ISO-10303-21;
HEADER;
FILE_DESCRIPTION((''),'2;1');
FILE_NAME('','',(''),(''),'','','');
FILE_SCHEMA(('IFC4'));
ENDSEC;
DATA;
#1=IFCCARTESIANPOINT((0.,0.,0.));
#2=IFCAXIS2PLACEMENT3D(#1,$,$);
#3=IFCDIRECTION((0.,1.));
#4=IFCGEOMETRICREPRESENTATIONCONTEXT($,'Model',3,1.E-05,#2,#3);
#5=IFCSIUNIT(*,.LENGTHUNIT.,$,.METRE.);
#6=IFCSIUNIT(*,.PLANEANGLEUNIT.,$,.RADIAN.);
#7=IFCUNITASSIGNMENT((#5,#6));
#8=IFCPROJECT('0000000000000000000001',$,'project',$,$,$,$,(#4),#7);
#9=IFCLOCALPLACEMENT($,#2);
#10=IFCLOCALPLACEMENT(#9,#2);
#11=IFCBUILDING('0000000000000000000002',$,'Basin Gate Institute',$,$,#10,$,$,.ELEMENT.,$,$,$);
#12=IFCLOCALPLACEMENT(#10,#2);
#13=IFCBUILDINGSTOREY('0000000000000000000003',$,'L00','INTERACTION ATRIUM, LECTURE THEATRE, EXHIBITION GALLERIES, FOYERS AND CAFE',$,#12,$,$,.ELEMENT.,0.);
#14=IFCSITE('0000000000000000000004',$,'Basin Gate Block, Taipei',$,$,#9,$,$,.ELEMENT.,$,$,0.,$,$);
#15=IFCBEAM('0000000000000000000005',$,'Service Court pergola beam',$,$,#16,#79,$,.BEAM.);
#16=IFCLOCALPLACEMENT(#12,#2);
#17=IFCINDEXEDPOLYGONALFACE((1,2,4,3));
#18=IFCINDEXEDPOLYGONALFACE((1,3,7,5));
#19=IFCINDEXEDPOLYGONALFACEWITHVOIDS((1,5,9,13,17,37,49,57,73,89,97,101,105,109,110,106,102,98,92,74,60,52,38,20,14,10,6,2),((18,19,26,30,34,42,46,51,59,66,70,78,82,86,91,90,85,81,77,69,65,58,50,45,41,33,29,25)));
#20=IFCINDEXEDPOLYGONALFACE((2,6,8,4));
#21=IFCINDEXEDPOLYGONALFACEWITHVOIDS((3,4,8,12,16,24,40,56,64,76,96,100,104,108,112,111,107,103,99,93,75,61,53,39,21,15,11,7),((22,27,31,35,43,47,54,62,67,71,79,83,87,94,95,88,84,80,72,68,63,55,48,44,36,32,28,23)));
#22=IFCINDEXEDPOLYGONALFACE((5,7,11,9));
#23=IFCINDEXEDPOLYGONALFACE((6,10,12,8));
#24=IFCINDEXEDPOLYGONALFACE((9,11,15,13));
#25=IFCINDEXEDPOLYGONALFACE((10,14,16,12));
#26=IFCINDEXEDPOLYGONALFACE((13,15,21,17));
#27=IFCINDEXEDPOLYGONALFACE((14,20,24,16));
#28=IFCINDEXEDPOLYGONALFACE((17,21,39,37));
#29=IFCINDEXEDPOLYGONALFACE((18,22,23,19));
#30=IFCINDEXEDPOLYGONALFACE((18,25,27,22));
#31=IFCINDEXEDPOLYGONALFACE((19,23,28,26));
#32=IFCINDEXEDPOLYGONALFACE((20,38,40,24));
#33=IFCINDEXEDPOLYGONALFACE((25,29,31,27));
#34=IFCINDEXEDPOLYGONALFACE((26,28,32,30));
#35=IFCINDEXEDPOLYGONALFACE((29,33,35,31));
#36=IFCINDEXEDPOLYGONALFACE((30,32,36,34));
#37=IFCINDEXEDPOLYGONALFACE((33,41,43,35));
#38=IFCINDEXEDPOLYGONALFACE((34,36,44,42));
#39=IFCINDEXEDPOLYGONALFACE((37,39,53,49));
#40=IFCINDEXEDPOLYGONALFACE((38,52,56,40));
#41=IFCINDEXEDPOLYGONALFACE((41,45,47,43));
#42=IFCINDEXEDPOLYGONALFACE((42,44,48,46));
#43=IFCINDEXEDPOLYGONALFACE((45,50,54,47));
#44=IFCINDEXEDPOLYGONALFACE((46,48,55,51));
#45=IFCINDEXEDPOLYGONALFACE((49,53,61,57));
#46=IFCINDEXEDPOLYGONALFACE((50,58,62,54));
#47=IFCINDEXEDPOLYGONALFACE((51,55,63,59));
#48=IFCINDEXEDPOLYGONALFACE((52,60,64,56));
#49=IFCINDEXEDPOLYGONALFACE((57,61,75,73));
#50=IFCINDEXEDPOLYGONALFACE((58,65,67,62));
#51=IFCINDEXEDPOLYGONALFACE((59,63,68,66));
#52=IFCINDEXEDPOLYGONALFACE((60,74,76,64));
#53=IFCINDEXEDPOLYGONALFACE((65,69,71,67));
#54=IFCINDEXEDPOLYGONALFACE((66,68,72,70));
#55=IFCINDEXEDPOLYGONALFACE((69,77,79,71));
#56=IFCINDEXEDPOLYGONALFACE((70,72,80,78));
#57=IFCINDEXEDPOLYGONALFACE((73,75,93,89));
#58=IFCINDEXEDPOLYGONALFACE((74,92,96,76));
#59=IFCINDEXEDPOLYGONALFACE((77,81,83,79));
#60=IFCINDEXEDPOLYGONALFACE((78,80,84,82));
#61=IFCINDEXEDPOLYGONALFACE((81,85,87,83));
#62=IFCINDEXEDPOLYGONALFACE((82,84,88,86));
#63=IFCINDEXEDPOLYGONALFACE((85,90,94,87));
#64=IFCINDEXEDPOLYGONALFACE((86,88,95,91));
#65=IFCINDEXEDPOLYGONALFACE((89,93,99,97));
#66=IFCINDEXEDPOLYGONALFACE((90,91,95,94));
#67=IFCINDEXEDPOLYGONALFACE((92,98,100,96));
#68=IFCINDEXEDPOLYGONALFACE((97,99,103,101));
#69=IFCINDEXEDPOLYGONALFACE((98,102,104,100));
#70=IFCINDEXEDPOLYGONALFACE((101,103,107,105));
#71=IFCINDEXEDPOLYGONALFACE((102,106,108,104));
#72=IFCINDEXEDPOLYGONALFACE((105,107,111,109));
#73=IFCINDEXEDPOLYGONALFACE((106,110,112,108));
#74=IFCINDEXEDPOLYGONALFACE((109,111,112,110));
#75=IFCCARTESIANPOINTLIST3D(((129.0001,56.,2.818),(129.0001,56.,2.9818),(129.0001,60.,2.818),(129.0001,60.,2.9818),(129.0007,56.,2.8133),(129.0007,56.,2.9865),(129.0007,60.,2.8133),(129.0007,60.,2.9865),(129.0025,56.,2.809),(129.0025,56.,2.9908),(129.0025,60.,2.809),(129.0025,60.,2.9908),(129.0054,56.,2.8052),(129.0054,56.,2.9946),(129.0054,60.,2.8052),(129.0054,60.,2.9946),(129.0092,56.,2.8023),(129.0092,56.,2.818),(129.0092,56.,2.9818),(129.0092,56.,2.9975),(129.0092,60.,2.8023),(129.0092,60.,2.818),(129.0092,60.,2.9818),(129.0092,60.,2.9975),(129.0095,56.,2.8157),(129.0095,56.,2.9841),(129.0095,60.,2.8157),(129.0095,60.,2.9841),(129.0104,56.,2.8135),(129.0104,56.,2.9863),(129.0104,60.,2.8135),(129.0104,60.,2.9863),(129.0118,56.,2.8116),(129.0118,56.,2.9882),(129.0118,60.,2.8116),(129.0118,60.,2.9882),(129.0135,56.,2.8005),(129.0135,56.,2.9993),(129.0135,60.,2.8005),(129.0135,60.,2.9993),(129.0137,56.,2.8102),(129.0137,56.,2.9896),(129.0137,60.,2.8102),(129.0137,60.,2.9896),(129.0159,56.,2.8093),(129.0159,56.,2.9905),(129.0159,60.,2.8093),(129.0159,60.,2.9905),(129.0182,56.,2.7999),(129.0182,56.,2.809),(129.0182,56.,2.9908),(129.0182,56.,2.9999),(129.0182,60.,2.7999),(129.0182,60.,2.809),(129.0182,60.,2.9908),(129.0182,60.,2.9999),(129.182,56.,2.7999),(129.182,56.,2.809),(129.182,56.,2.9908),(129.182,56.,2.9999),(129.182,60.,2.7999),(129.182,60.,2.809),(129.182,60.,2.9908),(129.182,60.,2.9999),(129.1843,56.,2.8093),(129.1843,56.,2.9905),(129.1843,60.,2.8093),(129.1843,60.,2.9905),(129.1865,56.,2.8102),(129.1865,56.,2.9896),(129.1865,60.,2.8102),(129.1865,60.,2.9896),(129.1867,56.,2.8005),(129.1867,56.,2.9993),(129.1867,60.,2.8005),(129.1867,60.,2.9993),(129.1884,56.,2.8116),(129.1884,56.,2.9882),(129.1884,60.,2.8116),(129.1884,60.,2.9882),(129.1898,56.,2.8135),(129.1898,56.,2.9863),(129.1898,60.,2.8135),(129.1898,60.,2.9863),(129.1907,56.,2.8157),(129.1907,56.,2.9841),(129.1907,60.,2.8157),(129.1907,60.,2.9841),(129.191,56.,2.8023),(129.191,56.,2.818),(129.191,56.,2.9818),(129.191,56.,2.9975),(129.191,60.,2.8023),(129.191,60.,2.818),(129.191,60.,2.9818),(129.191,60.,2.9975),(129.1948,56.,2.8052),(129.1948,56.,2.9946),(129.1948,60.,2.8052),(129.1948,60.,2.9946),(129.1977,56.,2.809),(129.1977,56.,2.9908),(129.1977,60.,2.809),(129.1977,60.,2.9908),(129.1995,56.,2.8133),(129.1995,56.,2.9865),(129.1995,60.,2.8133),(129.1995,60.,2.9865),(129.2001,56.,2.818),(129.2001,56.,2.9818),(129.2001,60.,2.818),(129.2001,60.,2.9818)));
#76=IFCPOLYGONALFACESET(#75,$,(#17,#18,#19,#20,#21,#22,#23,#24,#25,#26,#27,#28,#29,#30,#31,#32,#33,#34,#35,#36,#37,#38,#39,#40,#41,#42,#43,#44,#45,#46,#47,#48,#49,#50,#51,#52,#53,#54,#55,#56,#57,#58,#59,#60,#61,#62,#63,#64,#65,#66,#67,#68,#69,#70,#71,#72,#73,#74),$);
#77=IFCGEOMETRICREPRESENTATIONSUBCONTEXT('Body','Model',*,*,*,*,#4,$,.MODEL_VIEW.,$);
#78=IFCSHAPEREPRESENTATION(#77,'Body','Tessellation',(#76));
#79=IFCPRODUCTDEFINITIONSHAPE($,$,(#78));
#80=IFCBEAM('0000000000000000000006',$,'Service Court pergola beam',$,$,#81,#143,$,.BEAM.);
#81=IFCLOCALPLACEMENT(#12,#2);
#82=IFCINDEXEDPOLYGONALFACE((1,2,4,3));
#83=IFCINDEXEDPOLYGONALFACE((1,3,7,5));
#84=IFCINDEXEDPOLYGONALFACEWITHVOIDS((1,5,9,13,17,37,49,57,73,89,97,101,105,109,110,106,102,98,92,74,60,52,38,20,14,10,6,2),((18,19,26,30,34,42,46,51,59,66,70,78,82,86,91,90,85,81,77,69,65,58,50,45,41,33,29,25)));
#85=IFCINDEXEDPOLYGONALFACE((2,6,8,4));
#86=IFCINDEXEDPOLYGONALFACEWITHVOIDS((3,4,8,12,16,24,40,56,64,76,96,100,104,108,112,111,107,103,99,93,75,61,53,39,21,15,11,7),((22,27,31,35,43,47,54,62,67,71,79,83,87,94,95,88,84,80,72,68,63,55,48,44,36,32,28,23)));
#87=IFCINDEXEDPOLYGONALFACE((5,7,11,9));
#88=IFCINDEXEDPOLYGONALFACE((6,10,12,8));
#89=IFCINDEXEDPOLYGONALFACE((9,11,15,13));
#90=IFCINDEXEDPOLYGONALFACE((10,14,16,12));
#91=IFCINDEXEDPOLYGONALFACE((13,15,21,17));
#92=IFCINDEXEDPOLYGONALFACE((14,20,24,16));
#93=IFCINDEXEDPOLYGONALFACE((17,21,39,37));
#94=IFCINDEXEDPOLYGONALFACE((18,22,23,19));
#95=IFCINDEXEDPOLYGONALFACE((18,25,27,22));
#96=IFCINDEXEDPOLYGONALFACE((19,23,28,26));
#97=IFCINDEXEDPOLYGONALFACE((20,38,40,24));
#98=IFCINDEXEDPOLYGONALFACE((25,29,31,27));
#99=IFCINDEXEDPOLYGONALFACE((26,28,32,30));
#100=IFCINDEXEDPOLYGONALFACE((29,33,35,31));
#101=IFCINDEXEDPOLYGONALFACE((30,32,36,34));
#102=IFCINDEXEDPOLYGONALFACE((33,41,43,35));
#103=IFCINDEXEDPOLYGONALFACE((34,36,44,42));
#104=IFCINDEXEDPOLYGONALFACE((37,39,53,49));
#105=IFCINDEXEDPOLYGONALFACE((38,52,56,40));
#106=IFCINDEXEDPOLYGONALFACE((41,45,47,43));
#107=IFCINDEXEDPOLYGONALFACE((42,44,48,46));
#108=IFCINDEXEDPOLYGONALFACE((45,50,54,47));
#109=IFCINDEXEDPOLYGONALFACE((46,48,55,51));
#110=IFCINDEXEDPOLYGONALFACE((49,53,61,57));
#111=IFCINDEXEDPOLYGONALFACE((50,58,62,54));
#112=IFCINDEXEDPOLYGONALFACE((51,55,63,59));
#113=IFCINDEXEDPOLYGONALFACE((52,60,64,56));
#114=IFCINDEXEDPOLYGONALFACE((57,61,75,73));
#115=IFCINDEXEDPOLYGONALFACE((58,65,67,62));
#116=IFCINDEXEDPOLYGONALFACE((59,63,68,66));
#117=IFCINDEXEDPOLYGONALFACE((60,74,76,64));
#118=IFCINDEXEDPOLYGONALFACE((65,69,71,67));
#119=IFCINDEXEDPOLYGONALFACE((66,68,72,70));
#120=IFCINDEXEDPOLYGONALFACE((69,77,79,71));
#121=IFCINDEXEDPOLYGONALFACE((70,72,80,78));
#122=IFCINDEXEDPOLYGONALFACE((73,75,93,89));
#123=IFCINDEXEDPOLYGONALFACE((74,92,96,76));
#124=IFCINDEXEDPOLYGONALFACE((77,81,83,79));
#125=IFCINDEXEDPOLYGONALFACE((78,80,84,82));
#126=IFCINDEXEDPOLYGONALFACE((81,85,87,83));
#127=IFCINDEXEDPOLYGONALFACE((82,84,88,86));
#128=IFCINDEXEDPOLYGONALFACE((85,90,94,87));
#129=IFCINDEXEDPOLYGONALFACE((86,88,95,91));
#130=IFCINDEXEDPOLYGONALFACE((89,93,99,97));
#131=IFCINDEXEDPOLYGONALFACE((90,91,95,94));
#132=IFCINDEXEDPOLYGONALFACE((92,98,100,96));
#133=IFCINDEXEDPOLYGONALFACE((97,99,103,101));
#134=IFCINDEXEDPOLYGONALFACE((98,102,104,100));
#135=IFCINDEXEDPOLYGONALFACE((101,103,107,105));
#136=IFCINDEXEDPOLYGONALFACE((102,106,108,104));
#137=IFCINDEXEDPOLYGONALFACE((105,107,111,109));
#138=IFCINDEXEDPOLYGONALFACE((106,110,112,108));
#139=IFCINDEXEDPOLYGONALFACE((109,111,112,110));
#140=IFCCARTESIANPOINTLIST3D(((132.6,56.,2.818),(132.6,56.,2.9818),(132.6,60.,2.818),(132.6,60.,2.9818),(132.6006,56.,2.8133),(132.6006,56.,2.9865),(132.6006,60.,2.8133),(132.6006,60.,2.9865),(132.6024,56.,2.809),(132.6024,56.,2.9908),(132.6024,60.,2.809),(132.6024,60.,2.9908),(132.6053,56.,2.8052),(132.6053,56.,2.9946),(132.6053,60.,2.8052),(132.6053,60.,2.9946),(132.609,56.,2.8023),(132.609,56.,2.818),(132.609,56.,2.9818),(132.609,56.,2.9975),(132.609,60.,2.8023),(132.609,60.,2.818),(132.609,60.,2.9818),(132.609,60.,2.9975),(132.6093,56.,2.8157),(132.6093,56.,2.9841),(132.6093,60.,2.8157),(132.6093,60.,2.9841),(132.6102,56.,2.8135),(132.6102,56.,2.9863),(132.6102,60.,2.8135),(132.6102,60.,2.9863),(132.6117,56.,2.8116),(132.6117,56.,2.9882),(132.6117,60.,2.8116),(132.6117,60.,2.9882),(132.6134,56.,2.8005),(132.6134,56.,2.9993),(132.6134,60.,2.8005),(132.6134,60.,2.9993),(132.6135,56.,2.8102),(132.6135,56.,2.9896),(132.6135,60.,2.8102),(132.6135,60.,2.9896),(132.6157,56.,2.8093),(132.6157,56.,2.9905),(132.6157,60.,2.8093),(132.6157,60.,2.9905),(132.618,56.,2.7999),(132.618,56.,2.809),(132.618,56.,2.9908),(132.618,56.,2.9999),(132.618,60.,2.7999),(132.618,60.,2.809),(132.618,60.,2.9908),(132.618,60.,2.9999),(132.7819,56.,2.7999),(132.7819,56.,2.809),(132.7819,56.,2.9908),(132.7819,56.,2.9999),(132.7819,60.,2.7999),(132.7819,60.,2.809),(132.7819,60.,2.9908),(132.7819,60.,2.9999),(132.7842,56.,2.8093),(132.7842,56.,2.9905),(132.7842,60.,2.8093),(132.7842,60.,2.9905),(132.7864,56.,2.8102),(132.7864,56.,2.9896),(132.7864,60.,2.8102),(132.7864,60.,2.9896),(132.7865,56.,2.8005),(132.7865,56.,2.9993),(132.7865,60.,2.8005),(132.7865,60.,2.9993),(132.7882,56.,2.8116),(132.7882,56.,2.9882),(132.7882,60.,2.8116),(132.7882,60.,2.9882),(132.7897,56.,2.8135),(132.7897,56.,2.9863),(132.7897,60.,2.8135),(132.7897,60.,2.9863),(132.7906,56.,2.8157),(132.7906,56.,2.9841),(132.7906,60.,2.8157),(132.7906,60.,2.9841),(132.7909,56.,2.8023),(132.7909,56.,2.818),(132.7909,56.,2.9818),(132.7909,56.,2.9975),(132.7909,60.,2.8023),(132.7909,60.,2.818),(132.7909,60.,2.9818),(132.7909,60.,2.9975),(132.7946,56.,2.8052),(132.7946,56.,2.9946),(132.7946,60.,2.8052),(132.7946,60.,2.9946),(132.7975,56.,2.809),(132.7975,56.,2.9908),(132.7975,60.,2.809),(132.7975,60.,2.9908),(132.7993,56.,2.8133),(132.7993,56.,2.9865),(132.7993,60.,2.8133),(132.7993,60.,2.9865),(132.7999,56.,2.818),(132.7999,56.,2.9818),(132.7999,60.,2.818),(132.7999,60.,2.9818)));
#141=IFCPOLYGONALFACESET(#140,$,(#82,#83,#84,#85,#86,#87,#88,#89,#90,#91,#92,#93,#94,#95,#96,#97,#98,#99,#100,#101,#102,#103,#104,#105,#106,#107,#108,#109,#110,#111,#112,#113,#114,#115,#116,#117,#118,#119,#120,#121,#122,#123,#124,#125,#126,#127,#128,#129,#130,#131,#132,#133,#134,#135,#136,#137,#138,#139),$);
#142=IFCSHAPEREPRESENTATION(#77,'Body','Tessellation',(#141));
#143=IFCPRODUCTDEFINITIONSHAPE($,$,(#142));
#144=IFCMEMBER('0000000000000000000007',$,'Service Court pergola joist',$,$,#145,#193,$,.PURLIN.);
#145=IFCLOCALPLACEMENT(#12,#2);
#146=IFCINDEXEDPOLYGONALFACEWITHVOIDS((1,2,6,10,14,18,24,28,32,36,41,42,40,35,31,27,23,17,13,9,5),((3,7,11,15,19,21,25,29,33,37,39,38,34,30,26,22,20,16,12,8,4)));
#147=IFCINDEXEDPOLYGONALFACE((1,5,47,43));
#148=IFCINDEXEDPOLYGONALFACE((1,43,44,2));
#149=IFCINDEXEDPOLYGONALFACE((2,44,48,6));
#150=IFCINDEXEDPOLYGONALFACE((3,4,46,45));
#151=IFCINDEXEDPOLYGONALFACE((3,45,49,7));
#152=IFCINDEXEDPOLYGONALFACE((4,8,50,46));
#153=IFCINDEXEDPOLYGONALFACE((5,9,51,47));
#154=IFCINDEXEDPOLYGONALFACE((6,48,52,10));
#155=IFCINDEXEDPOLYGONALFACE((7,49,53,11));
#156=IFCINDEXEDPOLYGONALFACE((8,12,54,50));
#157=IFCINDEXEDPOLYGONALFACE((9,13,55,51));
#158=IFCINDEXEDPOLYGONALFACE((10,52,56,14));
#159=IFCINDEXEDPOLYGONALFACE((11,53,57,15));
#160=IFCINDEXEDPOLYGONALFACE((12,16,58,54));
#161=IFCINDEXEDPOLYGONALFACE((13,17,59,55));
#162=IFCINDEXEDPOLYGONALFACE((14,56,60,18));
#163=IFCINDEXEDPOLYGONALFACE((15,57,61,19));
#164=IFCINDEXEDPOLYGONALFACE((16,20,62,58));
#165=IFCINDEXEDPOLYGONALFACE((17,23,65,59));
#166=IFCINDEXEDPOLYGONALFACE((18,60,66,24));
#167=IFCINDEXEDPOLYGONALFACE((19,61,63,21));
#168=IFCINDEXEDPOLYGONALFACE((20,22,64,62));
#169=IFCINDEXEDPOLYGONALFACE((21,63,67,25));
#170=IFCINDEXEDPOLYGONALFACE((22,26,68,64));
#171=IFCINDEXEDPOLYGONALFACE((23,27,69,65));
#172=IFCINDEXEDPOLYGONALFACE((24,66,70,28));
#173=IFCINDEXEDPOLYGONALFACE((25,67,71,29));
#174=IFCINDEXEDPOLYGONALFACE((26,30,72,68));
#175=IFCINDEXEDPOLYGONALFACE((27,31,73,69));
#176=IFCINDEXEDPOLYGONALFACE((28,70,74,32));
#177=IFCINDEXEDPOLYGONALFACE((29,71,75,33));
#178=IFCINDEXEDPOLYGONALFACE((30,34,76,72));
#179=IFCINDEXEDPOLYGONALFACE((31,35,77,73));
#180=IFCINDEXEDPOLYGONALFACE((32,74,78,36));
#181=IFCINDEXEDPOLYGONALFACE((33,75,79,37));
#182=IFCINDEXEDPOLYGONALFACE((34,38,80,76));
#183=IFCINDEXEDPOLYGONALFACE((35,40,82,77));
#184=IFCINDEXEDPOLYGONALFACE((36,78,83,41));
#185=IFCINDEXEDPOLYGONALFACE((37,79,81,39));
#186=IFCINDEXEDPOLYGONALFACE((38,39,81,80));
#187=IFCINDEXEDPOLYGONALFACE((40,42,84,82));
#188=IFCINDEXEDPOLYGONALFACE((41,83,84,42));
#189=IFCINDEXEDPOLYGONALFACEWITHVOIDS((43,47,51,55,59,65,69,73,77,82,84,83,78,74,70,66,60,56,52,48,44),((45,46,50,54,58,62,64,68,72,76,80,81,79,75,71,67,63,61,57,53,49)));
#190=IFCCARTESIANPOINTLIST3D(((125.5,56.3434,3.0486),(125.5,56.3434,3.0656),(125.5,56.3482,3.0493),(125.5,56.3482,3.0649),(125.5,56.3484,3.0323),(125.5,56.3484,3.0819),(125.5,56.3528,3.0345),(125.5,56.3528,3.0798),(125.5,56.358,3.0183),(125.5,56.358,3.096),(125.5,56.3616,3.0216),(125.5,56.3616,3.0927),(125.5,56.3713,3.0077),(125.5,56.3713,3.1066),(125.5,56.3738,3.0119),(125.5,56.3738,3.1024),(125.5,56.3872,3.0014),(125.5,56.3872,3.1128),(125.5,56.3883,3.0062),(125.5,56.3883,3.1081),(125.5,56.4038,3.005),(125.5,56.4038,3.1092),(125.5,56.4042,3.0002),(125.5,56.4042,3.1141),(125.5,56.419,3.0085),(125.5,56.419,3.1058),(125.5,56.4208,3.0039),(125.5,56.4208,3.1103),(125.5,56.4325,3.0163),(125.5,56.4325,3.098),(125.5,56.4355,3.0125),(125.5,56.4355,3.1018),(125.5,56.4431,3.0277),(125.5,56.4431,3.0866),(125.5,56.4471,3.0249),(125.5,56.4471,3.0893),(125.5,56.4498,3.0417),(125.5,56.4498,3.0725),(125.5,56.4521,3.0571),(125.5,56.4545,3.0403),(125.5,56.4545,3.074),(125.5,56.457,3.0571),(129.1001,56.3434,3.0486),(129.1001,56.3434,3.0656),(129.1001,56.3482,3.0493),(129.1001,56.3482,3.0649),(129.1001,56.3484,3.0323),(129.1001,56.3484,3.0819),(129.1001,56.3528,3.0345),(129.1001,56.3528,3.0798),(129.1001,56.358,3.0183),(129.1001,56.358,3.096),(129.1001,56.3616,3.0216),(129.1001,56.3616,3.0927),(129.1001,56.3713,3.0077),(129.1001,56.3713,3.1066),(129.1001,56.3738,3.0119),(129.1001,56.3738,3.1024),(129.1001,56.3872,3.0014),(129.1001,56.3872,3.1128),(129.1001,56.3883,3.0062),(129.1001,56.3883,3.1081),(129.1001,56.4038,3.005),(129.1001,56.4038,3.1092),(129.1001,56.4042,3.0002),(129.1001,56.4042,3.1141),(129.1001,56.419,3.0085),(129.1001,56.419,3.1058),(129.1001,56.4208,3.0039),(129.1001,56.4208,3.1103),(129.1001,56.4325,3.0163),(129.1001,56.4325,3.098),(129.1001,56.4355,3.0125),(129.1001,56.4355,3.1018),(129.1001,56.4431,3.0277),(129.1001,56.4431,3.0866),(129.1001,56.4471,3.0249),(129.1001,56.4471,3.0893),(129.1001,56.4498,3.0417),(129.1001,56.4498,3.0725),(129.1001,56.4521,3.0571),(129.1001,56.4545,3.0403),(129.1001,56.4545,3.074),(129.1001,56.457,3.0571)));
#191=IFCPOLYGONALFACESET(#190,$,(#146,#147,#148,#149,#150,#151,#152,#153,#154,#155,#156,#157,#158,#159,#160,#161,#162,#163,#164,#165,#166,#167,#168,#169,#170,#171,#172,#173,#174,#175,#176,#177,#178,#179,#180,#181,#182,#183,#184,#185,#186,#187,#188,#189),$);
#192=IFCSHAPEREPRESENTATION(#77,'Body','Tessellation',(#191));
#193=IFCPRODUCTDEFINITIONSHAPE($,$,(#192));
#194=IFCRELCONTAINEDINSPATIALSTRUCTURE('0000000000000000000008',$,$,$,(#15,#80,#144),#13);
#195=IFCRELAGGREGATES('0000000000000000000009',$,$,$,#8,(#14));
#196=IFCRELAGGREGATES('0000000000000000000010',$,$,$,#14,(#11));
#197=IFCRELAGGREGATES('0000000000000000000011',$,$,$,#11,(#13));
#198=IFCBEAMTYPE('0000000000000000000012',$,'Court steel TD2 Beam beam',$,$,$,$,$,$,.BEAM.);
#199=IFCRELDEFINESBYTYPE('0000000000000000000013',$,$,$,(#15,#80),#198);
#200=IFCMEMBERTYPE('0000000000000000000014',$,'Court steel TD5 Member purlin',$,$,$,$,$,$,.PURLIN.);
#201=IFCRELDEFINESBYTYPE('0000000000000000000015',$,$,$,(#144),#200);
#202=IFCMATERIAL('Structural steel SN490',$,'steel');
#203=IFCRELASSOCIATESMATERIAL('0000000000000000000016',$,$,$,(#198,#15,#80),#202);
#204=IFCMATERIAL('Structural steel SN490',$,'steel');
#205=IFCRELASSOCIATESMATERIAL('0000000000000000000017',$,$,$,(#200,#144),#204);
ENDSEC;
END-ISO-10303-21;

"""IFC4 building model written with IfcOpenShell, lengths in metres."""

from ifc_helpers import new_model, si_unit, direction, frame, origin, origin_2d, place, context, subcontext, project, spatial, hollow_rectangle, hollow_circle, extrude, material, material_profile, profile_set, type_object, element, save


model = new_model("IFC4")

# Units and contexts
model_context = context("Model", 3, precision=1e-05, world=origin(), true_north=direction((0.0, 1.0)))
body_context = subcontext(model_context, "Body", "Model", "MODEL_VIEW")
ifc_project = project(units=[si_unit("LENGTHUNIT", "METRE"), si_unit("PLANEANGLEUNIT", "RADIAN")], contexts=[model_context])

# Site, building, storey
site_placement = place(None, origin())
site = spatial("IfcSite", under=ifc_project, at=site_placement, Name="Basin Gate Block, Taipei", CompositionType="ELEMENT", RefElevation=0.0)
building_placement = place(site_placement, origin())
building = spatial("IfcBuilding", under=site, at=building_placement, Name="Basin Gate Institute", CompositionType="ELEMENT")
storey_placement = place(building_placement, origin())
storey = spatial("IfcBuildingStorey", under=building, at=storey_placement, Name="L00", Description="INTERACTION ATRIUM, LECTURE THEATRE, EXHIBITION GALLERIES, FOYERS AND CAFE", CompositionType="ELEMENT", Elevation=0.0)

# Beams
ifc_material_1 = material(Name="Structural steel SN490", Category="steel")
ifc_material_profile_1 = material_profile(ifc_material_1, hollow_rectangle(XDim=0.2, YDim=0.2, WallThickness=0.009, InnerFilletRadius=0.009, OuterFilletRadius=0.0181, at=origin_2d()), Name="RHS200x200x9")
ifc_profile_set_1 = profile_set([ifc_material_profile_1], Name="Structural steel SN490")
beam_type = type_object("IfcBeamType", Name="Court steel TD2 Beam beam", PredefinedType="BEAM", material=ifc_profile_set_1)
for number, where, z_axis, x_axis, name in (
    (1, (129.1001, 56.0, 2.8999), (0.0, 1.0, 0.0), (-1.0, 0.0, 0.0), "Service Court pergola beam"),
    (2, (132.7, 56.0, 2.8999), (0.0, 1.0, 0.0), (-1.0, 0.0, 0.0), "Service Court pergola beam"),
):
    element("IfcBeam", number, at=place(storey_placement, frame(where, z_axis=z_axis, x_axis=x_axis)), inside=storey, type_object=beam_type, material=ifc_profile_set_1, Name=name, PredefinedType="BEAM", context=body_context, shape_type="SweptSolid", body=[
        extrude(hollow_rectangle(XDim=0.2, YDim=0.2, WallThickness=0.009, InnerFilletRadius=0.009, OuterFilletRadius=0.0181, at=origin_2d()), origin(), (0.0, 0.0, 1.0), 4.0),
    ])

# Member
ifc_material_2 = material(Name="Structural steel SN490", Category="steel")
ifc_material_profile_2 = material_profile(ifc_material_2, hollow_circle(Radius=0.0571, WallThickness=0.0049, at=origin_2d()), Name="CHS114x5")
ifc_profile_set_2 = profile_set([ifc_material_profile_2], Name="Structural steel SN490")
member_type_1 = type_object("IfcMemberType", Name="Court steel TD5 Member purlin", PredefinedType="PURLIN", material=ifc_profile_set_2)
for number, where, z_axis, x_axis, name in (
    (3, (125.5, 56.3999, 3.0571), (1.0, 0.0, 0.0), (0.0, 1.0, 0.0), "Service Court pergola joist"),
):
    element("IfcMember", number, at=place(storey_placement, frame(where, z_axis=z_axis, x_axis=x_axis)), inside=storey, type_object=member_type_1, material=ifc_profile_set_2, Name=name, PredefinedType="PURLIN", context=body_context, shape_type="SweptSolid", body=[
        extrude(hollow_circle(Radius=0.0571, WallThickness=0.0049, at=origin_2d()), origin(), (0.0, 0.0, 1.0), 3.6001),
    ])

save(model, "model.ifc")
